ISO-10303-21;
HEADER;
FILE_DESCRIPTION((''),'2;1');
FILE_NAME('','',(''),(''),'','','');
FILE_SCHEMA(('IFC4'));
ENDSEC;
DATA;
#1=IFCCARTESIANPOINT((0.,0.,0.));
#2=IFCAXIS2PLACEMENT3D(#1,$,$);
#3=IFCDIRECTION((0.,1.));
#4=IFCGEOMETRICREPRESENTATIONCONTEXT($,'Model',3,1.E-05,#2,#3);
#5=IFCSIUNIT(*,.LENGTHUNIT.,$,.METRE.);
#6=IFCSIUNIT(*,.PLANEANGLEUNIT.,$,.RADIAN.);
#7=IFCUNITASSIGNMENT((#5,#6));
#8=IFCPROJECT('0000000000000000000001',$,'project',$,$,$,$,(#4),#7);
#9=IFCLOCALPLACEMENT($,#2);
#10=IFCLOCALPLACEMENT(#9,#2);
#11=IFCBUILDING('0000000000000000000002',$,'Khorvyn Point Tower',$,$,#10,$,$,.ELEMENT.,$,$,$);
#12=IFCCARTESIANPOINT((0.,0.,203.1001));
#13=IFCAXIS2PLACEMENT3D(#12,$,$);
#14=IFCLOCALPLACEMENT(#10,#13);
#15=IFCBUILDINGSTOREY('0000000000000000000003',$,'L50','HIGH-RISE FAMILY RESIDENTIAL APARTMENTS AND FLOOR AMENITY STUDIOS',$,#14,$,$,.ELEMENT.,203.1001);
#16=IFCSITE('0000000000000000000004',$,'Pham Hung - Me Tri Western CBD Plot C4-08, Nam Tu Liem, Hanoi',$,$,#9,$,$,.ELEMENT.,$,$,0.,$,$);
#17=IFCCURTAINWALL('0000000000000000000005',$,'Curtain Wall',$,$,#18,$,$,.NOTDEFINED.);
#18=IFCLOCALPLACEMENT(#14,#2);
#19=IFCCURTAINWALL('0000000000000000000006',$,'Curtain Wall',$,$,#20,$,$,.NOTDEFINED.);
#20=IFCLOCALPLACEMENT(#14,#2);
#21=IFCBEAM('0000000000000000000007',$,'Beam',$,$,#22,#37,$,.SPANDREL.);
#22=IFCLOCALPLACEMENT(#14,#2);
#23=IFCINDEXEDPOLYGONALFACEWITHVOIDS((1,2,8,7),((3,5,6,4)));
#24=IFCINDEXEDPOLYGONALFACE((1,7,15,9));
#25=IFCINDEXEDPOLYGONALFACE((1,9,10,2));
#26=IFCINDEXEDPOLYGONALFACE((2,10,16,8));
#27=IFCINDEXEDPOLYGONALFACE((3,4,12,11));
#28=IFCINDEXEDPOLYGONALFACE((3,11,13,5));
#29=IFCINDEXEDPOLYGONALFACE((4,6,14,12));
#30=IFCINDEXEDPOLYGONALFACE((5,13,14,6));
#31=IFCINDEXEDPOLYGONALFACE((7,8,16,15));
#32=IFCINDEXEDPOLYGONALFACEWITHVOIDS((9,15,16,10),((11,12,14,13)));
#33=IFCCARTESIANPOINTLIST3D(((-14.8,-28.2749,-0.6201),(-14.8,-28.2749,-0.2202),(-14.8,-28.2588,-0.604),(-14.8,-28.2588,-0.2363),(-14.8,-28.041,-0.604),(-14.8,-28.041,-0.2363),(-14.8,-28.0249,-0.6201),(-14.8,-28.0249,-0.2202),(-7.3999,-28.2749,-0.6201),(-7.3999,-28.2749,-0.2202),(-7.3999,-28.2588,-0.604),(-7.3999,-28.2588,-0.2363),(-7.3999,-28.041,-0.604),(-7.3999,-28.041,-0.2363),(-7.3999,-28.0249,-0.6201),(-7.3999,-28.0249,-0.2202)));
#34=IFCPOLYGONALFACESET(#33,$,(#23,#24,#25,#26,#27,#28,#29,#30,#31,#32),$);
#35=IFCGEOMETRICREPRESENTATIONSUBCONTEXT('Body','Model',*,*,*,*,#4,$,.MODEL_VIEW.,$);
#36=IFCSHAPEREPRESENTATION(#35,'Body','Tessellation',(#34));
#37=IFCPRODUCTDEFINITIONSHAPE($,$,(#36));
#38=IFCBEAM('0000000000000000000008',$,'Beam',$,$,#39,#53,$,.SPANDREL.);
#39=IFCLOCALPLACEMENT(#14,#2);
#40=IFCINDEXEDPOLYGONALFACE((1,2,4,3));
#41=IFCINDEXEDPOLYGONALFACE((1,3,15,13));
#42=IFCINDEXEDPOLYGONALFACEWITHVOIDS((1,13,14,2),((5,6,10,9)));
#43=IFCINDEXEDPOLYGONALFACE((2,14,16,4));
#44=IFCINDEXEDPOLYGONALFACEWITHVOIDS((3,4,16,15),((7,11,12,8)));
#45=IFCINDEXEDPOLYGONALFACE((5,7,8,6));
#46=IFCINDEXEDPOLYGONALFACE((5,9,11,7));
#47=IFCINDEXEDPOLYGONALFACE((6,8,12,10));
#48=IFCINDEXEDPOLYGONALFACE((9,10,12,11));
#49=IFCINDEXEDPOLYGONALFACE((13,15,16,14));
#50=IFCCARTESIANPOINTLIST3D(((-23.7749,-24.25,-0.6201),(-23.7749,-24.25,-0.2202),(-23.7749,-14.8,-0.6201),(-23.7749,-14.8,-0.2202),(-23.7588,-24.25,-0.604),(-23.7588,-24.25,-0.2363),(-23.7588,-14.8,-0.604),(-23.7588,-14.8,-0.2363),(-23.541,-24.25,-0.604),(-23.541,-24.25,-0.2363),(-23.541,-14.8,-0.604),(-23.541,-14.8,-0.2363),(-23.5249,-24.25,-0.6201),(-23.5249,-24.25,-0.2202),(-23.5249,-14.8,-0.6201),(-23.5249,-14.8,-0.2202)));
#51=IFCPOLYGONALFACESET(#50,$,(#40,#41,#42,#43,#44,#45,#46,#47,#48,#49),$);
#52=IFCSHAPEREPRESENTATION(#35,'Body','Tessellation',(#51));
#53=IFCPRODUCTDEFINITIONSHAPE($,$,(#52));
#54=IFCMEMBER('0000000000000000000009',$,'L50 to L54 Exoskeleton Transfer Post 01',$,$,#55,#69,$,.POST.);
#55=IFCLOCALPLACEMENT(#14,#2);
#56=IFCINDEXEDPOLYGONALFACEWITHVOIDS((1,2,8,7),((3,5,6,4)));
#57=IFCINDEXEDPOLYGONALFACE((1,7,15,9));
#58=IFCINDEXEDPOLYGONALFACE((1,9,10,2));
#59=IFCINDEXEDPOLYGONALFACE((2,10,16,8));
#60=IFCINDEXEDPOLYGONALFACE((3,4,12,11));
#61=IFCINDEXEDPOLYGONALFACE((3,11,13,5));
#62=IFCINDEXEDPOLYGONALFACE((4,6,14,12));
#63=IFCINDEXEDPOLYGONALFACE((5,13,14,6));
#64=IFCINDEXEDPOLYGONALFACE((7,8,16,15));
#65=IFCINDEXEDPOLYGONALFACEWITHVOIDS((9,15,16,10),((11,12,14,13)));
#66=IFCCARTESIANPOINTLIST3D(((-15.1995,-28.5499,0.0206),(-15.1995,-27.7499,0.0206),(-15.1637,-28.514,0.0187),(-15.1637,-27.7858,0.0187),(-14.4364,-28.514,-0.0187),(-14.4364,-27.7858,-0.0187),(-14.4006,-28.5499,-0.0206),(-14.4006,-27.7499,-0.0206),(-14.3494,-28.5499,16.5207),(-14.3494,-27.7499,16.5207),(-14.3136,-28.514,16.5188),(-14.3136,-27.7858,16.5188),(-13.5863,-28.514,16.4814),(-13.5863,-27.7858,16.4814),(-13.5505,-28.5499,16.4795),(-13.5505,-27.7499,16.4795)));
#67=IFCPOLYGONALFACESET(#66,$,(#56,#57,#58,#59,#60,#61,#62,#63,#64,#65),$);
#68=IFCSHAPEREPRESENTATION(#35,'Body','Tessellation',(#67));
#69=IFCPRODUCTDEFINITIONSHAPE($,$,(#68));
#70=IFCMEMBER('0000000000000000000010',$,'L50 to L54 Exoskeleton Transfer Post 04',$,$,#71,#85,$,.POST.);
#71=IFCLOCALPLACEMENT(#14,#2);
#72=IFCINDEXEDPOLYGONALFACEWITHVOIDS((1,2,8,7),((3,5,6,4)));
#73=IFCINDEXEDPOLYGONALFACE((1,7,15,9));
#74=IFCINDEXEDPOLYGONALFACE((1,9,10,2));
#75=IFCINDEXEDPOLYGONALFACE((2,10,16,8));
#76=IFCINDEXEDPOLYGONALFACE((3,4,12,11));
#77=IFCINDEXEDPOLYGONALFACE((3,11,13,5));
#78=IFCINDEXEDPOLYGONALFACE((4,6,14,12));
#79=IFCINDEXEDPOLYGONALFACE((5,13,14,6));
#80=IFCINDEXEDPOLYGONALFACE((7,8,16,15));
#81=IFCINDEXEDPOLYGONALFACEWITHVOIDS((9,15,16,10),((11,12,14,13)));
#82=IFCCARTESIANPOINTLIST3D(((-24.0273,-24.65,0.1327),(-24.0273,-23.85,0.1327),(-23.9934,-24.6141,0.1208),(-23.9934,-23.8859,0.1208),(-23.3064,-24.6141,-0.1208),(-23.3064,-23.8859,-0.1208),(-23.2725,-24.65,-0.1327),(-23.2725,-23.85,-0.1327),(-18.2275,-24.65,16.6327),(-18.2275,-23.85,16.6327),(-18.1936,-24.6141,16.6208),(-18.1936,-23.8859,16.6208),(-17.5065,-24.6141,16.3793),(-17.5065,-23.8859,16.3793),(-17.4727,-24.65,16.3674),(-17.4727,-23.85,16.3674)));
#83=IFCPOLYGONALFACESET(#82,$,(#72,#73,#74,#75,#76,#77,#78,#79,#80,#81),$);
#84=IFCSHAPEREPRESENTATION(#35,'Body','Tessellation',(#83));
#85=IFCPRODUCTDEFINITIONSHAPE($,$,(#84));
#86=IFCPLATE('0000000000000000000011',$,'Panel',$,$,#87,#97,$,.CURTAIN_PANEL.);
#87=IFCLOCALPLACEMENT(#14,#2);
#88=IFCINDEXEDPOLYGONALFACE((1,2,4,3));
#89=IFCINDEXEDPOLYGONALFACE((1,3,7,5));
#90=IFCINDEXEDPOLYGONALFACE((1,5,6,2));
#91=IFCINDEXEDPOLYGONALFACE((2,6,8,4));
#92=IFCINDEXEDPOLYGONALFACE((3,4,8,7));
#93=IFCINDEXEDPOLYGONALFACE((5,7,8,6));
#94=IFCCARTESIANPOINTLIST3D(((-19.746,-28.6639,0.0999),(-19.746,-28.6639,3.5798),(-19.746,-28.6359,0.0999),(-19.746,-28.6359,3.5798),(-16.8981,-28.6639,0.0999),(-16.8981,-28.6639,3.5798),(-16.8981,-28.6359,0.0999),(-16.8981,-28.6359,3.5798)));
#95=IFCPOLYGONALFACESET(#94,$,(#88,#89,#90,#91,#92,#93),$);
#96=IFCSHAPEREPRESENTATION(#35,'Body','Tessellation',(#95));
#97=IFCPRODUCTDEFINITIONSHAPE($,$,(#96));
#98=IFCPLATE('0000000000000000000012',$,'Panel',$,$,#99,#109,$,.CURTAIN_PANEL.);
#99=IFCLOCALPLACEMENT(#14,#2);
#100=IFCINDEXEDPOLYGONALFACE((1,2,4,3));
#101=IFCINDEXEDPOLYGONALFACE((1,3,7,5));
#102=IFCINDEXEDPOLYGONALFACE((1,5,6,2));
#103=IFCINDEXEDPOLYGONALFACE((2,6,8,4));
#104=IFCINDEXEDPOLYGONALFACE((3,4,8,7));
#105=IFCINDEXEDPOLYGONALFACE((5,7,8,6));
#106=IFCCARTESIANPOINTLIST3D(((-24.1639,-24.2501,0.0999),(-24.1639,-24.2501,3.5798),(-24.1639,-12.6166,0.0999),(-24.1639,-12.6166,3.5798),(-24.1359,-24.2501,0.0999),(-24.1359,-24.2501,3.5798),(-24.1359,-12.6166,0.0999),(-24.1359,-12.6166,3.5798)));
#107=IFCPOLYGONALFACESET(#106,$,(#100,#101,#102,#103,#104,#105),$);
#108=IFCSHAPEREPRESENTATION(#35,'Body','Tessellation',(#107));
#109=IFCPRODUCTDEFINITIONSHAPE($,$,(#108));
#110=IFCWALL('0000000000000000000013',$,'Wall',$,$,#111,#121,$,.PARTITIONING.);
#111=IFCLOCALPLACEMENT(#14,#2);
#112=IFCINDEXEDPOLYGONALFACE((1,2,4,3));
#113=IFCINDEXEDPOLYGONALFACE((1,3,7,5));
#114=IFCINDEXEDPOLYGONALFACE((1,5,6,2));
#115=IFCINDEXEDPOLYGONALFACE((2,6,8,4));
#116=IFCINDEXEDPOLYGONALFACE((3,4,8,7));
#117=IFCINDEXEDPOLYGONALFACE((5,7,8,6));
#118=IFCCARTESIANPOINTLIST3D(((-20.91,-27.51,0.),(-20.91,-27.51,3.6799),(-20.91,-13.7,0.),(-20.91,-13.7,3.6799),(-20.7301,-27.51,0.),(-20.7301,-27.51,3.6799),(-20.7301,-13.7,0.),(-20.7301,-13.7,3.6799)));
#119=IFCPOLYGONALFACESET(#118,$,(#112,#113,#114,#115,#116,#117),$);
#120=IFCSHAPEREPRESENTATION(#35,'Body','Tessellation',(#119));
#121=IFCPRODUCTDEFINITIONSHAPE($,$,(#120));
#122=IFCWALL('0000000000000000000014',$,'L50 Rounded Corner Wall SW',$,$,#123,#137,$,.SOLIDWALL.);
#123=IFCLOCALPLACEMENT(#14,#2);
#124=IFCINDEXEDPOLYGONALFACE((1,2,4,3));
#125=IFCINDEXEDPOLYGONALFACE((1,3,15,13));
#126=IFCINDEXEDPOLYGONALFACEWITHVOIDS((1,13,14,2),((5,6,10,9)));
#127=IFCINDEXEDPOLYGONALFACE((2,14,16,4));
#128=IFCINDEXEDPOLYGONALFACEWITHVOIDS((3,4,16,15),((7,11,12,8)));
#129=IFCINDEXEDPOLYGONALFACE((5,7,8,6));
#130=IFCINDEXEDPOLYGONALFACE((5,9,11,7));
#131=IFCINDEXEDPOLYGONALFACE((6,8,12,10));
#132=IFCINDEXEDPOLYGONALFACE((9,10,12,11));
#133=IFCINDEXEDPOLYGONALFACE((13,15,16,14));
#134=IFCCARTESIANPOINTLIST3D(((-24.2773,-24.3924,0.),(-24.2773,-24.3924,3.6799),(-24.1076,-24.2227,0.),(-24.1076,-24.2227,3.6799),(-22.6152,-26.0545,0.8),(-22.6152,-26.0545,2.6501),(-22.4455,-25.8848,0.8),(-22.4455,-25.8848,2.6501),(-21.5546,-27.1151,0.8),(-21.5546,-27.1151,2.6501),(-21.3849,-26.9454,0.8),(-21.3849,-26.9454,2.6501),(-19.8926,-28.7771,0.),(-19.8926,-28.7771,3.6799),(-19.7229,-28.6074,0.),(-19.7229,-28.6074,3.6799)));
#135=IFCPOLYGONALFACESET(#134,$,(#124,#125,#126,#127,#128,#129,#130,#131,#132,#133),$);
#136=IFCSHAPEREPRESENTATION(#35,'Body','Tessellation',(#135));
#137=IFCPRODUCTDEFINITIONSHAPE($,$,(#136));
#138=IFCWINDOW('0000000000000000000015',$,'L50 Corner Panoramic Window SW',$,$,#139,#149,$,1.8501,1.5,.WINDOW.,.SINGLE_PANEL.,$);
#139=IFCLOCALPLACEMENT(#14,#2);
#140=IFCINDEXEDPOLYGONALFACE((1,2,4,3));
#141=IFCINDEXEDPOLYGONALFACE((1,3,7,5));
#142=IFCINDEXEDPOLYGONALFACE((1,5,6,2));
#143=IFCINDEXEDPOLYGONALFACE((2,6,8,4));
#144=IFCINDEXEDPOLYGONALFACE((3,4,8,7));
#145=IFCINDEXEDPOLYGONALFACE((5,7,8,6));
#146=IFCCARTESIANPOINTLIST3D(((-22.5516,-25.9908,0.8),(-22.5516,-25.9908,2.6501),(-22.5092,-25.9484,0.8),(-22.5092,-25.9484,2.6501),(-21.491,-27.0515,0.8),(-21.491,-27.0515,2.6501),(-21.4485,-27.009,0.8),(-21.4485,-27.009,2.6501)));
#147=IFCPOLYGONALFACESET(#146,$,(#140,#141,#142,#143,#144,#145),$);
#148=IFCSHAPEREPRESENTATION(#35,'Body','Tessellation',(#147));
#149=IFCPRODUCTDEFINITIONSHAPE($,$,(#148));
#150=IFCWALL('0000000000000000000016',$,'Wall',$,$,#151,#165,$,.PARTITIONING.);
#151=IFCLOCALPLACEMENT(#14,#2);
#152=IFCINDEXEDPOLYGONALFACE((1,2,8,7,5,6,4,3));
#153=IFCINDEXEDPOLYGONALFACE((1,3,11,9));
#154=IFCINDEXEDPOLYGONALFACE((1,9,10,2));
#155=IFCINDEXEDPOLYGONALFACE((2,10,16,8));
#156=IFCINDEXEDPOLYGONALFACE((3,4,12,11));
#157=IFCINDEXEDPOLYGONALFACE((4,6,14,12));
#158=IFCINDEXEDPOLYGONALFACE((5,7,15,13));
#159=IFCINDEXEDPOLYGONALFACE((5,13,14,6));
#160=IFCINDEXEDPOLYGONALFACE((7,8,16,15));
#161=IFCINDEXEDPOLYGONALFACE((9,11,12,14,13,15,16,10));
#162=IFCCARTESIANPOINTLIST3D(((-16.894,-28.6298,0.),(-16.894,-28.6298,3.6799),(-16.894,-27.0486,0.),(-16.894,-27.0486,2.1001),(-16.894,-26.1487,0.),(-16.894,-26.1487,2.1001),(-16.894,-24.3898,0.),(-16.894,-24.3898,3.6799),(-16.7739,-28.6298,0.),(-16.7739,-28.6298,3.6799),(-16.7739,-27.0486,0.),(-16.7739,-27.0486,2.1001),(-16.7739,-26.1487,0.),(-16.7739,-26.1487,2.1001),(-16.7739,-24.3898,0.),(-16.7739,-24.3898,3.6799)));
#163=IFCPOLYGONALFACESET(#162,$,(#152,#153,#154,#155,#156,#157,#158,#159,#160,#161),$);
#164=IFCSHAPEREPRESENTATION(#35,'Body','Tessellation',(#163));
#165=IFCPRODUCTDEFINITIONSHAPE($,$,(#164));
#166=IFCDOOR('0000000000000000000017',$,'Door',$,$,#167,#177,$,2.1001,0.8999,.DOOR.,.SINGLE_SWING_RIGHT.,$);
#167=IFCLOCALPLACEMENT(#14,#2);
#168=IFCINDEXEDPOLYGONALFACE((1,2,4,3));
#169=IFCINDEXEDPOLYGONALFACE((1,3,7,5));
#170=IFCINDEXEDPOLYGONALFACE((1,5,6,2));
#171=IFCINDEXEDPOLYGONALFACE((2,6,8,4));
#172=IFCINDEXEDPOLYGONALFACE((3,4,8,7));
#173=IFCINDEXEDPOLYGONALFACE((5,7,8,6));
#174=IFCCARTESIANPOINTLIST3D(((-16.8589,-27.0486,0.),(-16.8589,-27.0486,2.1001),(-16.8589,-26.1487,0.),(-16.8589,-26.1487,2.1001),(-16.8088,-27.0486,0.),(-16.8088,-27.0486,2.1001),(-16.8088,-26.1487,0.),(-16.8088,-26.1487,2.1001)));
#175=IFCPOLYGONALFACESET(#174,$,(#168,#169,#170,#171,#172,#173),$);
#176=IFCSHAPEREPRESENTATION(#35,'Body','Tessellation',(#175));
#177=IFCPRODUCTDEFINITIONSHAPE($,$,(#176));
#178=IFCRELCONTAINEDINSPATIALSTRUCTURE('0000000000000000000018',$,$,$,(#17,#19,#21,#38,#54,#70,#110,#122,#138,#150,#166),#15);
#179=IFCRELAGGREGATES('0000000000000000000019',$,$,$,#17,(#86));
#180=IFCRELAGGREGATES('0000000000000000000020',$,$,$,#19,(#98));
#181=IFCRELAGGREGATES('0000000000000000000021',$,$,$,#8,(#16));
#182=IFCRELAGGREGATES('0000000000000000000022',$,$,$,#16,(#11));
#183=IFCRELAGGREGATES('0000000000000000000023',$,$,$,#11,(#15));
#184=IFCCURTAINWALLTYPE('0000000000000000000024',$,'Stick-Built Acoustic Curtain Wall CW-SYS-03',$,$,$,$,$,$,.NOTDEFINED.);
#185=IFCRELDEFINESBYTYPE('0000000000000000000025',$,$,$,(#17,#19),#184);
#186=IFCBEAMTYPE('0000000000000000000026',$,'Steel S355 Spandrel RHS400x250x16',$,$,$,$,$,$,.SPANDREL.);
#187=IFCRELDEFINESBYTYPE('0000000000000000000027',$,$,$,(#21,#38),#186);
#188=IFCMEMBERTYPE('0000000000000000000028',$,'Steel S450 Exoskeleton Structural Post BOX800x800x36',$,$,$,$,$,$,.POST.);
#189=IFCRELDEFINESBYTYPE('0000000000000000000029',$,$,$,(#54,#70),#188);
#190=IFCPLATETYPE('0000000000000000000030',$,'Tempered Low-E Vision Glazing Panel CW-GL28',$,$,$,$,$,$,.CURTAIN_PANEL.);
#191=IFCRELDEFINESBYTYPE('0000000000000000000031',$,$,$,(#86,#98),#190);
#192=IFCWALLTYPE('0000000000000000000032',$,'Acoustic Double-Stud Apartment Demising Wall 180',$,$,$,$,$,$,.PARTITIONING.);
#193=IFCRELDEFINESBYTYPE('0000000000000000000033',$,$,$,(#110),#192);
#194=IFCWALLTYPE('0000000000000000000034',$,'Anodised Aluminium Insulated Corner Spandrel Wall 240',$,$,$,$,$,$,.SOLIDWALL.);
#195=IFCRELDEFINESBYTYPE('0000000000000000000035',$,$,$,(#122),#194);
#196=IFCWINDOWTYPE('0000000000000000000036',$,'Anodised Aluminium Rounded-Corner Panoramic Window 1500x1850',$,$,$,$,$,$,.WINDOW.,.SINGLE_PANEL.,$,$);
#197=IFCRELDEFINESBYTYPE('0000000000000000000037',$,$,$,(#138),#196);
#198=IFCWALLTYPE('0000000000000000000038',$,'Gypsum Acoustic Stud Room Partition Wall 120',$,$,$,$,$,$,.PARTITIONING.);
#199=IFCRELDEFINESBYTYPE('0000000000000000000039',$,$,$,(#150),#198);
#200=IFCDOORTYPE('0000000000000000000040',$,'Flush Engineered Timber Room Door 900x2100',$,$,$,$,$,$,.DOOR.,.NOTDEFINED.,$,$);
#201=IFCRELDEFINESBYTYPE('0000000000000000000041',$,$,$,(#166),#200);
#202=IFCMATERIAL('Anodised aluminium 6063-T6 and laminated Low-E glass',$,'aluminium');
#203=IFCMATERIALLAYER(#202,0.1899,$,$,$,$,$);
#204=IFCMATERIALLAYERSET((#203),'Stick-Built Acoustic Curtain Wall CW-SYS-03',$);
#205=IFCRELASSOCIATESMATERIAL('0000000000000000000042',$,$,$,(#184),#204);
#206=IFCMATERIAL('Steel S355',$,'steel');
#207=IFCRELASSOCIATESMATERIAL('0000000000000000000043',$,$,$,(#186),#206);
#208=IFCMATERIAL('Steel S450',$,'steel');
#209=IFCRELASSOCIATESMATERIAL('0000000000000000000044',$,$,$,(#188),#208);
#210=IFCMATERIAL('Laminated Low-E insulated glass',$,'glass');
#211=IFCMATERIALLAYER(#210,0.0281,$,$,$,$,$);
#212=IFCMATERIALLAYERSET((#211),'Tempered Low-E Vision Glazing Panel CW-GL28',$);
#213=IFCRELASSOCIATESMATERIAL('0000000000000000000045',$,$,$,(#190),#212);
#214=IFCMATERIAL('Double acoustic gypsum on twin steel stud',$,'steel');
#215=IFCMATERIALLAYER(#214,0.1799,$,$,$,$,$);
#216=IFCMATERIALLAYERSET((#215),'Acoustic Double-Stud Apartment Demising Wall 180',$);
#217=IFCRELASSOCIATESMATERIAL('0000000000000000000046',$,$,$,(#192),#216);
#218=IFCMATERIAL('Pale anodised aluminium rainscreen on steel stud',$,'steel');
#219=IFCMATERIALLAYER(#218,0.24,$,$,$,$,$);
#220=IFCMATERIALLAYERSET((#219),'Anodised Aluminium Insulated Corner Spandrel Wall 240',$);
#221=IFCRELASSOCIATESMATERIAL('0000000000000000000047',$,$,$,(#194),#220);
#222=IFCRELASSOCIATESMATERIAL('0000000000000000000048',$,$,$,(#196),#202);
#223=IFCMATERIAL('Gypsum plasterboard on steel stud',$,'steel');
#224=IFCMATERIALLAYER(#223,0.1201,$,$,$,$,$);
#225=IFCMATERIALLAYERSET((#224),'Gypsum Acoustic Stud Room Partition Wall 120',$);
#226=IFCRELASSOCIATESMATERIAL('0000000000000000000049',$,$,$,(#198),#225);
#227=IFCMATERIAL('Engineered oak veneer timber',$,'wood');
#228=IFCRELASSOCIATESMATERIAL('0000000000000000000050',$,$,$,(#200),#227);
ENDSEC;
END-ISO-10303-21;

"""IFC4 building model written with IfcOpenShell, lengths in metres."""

from ifc_helpers import new_model, si_unit, direction, frame, frame_2d, origin, origin_2d, place, context, subcontext, project, spatial, rectangle, hollow_rectangle, extrude, material, layer, layer_set, material_profile, profile_set, type_object, element, fill, aggregate, save


model = new_model("IFC4")

# Units and contexts
model_context = context("Model", 3, precision=1e-05, world=origin(), true_north=direction((0.0, 1.0)))
body_context = subcontext(model_context, "Body", "Model", "MODEL_VIEW")
ifc_project = project(units=[si_unit("LENGTHUNIT", "METRE"), si_unit("PLANEANGLEUNIT", "RADIAN")], contexts=[model_context])

# Site, building, storey
site_placement = place(None, origin())
site = spatial("IfcSite", under=ifc_project, at=site_placement, Name="Pham Hung - Me Tri Western CBD Plot C4-08, Nam Tu Liem, Hanoi", CompositionType="ELEMENT", RefElevation=0.0)
building_placement = place(site_placement, origin())
building = spatial("IfcBuilding", under=site, at=building_placement, Name="Khorvyn Point Tower", CompositionType="ELEMENT")
storey_placement = place(building_placement, frame((0.0, 0.0, 203.1001)))
storey = spatial("IfcBuildingStorey", under=building, at=storey_placement, Name="L50", Description="HIGH-RISE FAMILY RESIDENTIAL APARTMENTS AND FLOOR AMENITY STUDIOS", CompositionType="ELEMENT", Elevation=203.1001)

# Shared definitions
ifc_material_1 = material(Name="Steel S450", Category="steel")

# Curtain wall
ifc_material_2 = material(Name="Anodised aluminium 6063-T6 and laminated Low-E glass", Category="aluminium")
ifc_layer_1 = layer(ifc_material_2, 0.1899)
ifc_layer_set_1 = layer_set([ifc_layer_1], Name="Stick-Built Acoustic Curtain Wall CW-SYS-03")
curtain_wall_type = type_object("IfcCurtainWallType", Name="Stick-Built Acoustic Curtain Wall CW-SYS-03", PredefinedType="NOTDEFINED", material=ifc_layer_set_1)
curtain_wall_1_placement = place(storey_placement, origin())
curtain_wall_1 = element("IfcCurtainWall", 1, at=curtain_wall_1_placement, inside=storey, type_object=curtain_wall_type, Name="Curtain Wall", PredefinedType="NOTDEFINED")

# Curtain wall
curtain_wall_2_placement = place(storey_placement, origin())
curtain_wall_2 = element("IfcCurtainWall", 2, at=curtain_wall_2_placement, inside=storey, type_object=curtain_wall_type, Name="Curtain Wall", PredefinedType="NOTDEFINED")

# Beams
ifc_material_3 = material(Name="Steel S355", Category="steel")
ifc_material_profile_1 = material_profile(ifc_material_3, hollow_rectangle(XDim=0.25, YDim=0.3999, WallThickness=0.0161, at=origin_2d()))
ifc_profile_set_1 = profile_set([ifc_material_profile_1], Name="Steel S355 RHS400x250x16")
beam_type_1 = type_object("IfcBeamType", Name="Steel S355 Spandrel RHS400x250x16", PredefinedType="SPANDREL", material=ifc_profile_set_1)
beam_1_placement = place(storey_placement, frame((-14.8, -28.1499, -0.4202), z_axis=(1.0, 0.0, 0.0), x_axis=(0.0, 1.0, 0.0)))
element("IfcBeam", 3, at=beam_1_placement, inside=storey, type_object=beam_type_1, Name="Beam", PredefinedType="SPANDREL", context=body_context, shape_type="SweptSolid", body=[
    extrude(hollow_rectangle(XDim=0.25, YDim=0.3999, WallThickness=0.0161, at=origin_2d()), origin(), (0.0, 0.0, 1.0), 7.4001),
])
beam_2_placement = place(storey_placement, frame((-23.6499, -24.25, -0.4202), z_axis=(0.0, 1.0, 0.0), x_axis=(-1.0, 0.0, 0.0)))
element("IfcBeam", 4, at=beam_2_placement, inside=storey, type_object=beam_type_1, Name="Beam", PredefinedType="SPANDREL", context=body_context, shape_type="SweptSolid", body=[
    extrude(hollow_rectangle(XDim=0.25, YDim=0.3999, WallThickness=0.0161, at=origin_2d()), origin(), (0.0, 0.0, 1.0), 9.45),
])

# Members
ifc_material_profile_2 = material_profile(ifc_material_1, hollow_rectangle(XDim=0.8, YDim=0.8, WallThickness=0.0359, at=origin_2d()))
ifc_profile_set_2 = profile_set([ifc_material_profile_2], Name="Steel S450 BOX800x800x36")
member_type_1 = type_object("IfcMemberType", Name="Steel S450 Exoskeleton Structural Post BOX800x800x36", PredefinedType="POST", material=ifc_profile_set_2)
member_1_placement = place(storey_placement, frame((-14.8, -28.1499, 0.0), z_axis=(0.051453, 0.0, 0.998675), x_axis=(0.0, 1.0, 0.0)))
element("IfcMember", 5, at=member_1_placement, inside=storey, type_object=member_type_1, Name="L50 to L54 Exoskeleton Transfer Post 01", PredefinedType="POST", context=body_context, shape_type="SweptSolid", body=[
    extrude(hollow_rectangle(XDim=0.8, YDim=0.8, WallThickness=0.0359, at=origin_2d()), origin(), (0.0, 0.0, 1.0), 16.522),
])
member_2_placement = place(storey_placement, frame((-23.6499, -24.25, 0.0), z_axis=(0.331614, 0.0, 0.943415), x_axis=(0.0, 1.0, 0.0)))
element("IfcMember", 6, at=member_2_placement, inside=storey, type_object=member_type_1, Name="L50 to L54 Exoskeleton Transfer Post 04", PredefinedType="POST", context=body_context, shape_type="SweptSolid", body=[
    extrude(hollow_rectangle(XDim=0.8, YDim=0.8, WallThickness=0.0359, at=origin_2d()), origin(), (0.0, 0.0, 1.0), 17.4897),
])

# Plates
ifc_material_4 = material(Name="Laminated Low-E insulated glass", Category="glass")
ifc_layer_2 = layer(ifc_material_4, 0.0281)
ifc_layer_set_2 = layer_set([ifc_layer_2], Name="Tempered Low-E Vision Glazing Panel CW-GL28")
plate_type = type_object("IfcPlateType", Name="Tempered Low-E Vision Glazing Panel CW-GL28", PredefinedType="CURTAIN_PANEL", material=ifc_layer_set_2)
plate_1_placement = place(storey_placement, frame((-18.322, -28.6499, 0.0999), z_axis=(0.0, 0.0, 1.0), x_axis=(-1.0, 0.0, 0.0)))
plate_1 = element("IfcPlate", 7, at=plate_1_placement, type_object=plate_type, Name="Panel", PredefinedType="CURTAIN_PANEL", context=body_context, shape_type="SweptSolid", body=[
    extrude(rectangle(XDim=2.8479, YDim=0.0281, at=origin_2d()), origin(), (0.0, 0.0, 1.0), 3.48),
])
aggregate(curtain_wall_1, [plate_1])
plate_2_placement = place(storey_placement, frame((-24.1499, -18.4333, 0.0999), z_axis=(0.0, 0.0, 1.0), x_axis=(0.0, 1.0, 0.0)))
plate_2 = element("IfcPlate", 8, at=plate_2_placement, type_object=plate_type, Name="Panel", PredefinedType="CURTAIN_PANEL", context=body_context, shape_type="SweptSolid", body=[
    extrude(rectangle(XDim=11.6335, YDim=0.0281, at=origin_2d()), origin(), (0.0, 0.0, 1.0), 3.48),
])
aggregate(curtain_wall_2, [plate_2])

# Wall
ifc_material_5 = material(Name="Double acoustic gypsum on twin steel stud", Category="steel")
ifc_layer_3 = layer(ifc_material_5, 0.1799)
ifc_layer_set_3 = layer_set([ifc_layer_3], Name="Acoustic Double-Stud Apartment Demising Wall 180")
wall_type_1 = type_object("IfcWallType", Name="Acoustic Double-Stud Apartment Demising Wall 180", PredefinedType="PARTITIONING", material=ifc_layer_set_3)
wall_1_placement = place(storey_placement, frame((-20.8201, -27.51, 0.0), z_axis=(0.0, 0.0, 1.0), x_axis=(0.0, 1.0, 0.0)))
element("IfcWall", 9, at=wall_1_placement, inside=storey, type_object=wall_type_1, Name="Wall", PredefinedType="PARTITIONING", context=body_context, shape_type="SweptSolid", body=[
    extrude(rectangle(XDim=13.8101, YDim=0.1799, at=frame_2d((6.905, 0.0))), origin(), (0.0, 0.0, 1.0), 3.6799),
])

# Wall, opening, window
ifc_material_6 = material(Name="Pale anodised aluminium rainscreen on steel stud", Category="steel")
ifc_layer_4 = layer(ifc_material_6, 0.24)
ifc_layer_set_4 = layer_set([ifc_layer_4], Name="Anodised Aluminium Insulated Corner Spandrel Wall 240")
wall_type_2 = type_object("IfcWallType", Name="Anodised Aluminium Insulated Corner Spandrel Wall 240", PredefinedType="SOLIDWALL", material=ifc_layer_set_4)
wall_2_placement = place(storey_placement, frame((-19.8076, -28.6924, 0.0), z_axis=(0.0, 0.0, 1.0), x_axis=(-0.707107, 0.707107, 0.0)))
wall_2 = element("IfcWall", 10, at=wall_2_placement, inside=storey, type_object=wall_type_2, Name="L50 Rounded Corner Wall SW", PredefinedType="SOLIDWALL", context=body_context, shape_type="SweptSolid", body=[
    extrude(rectangle(XDim=6.2009, YDim=0.24, at=frame_2d((3.1006, 0.0))), origin(), (0.0, 0.0, 1.0), 3.6799),
])
opening_1_placement = place(wall_2_placement, frame((2.3506, 0.0, 0.8)))
opening_1 = element("IfcOpeningElement", 11, at=opening_1_placement, cuts=wall_2, PredefinedType="OPENING", context=body_context, shape_type="SweptSolid", body=[
    extrude(rectangle(XDim=1.5, YDim=1.8501, at=frame_2d((0.75, 0.925))), frame((0.0, 0.1299, 0.0), z_axis=(0.0, -1.0, 0.0), x_axis=(1.0, 0.0, 0.0)), (0.0, 0.0, 1.0), 0.26),
])
window_type = type_object("IfcWindowType", Name="Anodised Aluminium Rounded-Corner Panoramic Window 1500x1850", PartitioningType="SINGLE_PANEL", PredefinedType="WINDOW", material=ifc_material_2)
window_placement = place(opening_1_placement, origin())
window = element("IfcWindow", 12, at=window_placement, inside=storey, type_object=window_type, Name="L50 Corner Panoramic Window SW", OverallHeight=1.8501, OverallWidth=1.5, PartitioningType="SINGLE_PANEL", PredefinedType="WINDOW", context=body_context, shape_type="SweptSolid", body=[
    extrude(rectangle(XDim=1.5, YDim=1.8501, at=frame_2d((0.75, 0.925))), frame((0.0, 0.03, 0.0), z_axis=(0.0, -1.0, 0.0), x_axis=(1.0, 0.0, 0.0)), (0.0, 0.0, 1.0), 0.0601),
])
fill(opening_1, window)

# Wall, opening, door
ifc_material_7 = material(Name="Gypsum plasterboard on steel stud", Category="steel")
ifc_layer_5 = layer(ifc_material_7, 0.1201)
ifc_layer_set_5 = layer_set([ifc_layer_5], Name="Gypsum Acoustic Stud Room Partition Wall 120")
wall_type_3 = type_object("IfcWallType", Name="Gypsum Acoustic Stud Room Partition Wall 120", PredefinedType="PARTITIONING", material=ifc_layer_set_5)
wall_3_placement = place(storey_placement, frame((-16.834, -28.6299, 0.0), z_axis=(0.0, 0.0, 1.0), x_axis=(0.0, 1.0, 0.0)))
wall_3 = element("IfcWall", 13, at=wall_3_placement, inside=storey, type_object=wall_type_3, Name="Wall", PredefinedType="PARTITIONING", context=body_context, shape_type="SweptSolid", body=[
    extrude(rectangle(XDim=4.24, YDim=0.1201, at=frame_2d((2.1201, 0.0))), origin(), (0.0, 0.0, 1.0), 3.6799),
])
opening_2_placement = place(wall_3_placement, frame((1.5813, 0.0, 0.0)))
opening_2 = element("IfcOpeningElement", 14, at=opening_2_placement, cuts=wall_3, PredefinedType="OPENING", context=body_context, shape_type="SweptSolid", body=[
    extrude(rectangle(XDim=0.8999, YDim=2.1001, at=frame_2d((0.45, 1.05))), frame((0.0, 0.0701, 0.0), z_axis=(0.0, -1.0, 0.0), x_axis=(1.0, 0.0, 0.0)), (0.0, 0.0, 1.0), 0.1401),
])
ifc_material_8 = material(Name="Engineered oak veneer timber", Category="wood")
door_type_1 = type_object("IfcDoorType", Name="Flush Engineered Timber Room Door 900x2100", OperationType="NOTDEFINED", PredefinedType="DOOR", material=ifc_material_8)
door_1_placement = place(opening_2_placement, origin())
door_1 = element("IfcDoor", 15, at=door_1_placement, inside=storey, type_object=door_type_1, Name="Door", OperationType="SINGLE_SWING_RIGHT", OverallHeight=2.1001, OverallWidth=0.8999, PredefinedType="DOOR", context=body_context, shape_type="SweptSolid", body=[
    extrude(rectangle(XDim=0.8999, YDim=2.1001, at=frame_2d((0.45, 1.05))), frame((0.0, 0.0249, 0.0), z_axis=(0.0, -1.0, 0.0), x_axis=(1.0, 0.0, 0.0)), (0.0, 0.0, 1.0), 0.05),
])
fill(opening_2, door_1)

save(model, "model.ifc")
